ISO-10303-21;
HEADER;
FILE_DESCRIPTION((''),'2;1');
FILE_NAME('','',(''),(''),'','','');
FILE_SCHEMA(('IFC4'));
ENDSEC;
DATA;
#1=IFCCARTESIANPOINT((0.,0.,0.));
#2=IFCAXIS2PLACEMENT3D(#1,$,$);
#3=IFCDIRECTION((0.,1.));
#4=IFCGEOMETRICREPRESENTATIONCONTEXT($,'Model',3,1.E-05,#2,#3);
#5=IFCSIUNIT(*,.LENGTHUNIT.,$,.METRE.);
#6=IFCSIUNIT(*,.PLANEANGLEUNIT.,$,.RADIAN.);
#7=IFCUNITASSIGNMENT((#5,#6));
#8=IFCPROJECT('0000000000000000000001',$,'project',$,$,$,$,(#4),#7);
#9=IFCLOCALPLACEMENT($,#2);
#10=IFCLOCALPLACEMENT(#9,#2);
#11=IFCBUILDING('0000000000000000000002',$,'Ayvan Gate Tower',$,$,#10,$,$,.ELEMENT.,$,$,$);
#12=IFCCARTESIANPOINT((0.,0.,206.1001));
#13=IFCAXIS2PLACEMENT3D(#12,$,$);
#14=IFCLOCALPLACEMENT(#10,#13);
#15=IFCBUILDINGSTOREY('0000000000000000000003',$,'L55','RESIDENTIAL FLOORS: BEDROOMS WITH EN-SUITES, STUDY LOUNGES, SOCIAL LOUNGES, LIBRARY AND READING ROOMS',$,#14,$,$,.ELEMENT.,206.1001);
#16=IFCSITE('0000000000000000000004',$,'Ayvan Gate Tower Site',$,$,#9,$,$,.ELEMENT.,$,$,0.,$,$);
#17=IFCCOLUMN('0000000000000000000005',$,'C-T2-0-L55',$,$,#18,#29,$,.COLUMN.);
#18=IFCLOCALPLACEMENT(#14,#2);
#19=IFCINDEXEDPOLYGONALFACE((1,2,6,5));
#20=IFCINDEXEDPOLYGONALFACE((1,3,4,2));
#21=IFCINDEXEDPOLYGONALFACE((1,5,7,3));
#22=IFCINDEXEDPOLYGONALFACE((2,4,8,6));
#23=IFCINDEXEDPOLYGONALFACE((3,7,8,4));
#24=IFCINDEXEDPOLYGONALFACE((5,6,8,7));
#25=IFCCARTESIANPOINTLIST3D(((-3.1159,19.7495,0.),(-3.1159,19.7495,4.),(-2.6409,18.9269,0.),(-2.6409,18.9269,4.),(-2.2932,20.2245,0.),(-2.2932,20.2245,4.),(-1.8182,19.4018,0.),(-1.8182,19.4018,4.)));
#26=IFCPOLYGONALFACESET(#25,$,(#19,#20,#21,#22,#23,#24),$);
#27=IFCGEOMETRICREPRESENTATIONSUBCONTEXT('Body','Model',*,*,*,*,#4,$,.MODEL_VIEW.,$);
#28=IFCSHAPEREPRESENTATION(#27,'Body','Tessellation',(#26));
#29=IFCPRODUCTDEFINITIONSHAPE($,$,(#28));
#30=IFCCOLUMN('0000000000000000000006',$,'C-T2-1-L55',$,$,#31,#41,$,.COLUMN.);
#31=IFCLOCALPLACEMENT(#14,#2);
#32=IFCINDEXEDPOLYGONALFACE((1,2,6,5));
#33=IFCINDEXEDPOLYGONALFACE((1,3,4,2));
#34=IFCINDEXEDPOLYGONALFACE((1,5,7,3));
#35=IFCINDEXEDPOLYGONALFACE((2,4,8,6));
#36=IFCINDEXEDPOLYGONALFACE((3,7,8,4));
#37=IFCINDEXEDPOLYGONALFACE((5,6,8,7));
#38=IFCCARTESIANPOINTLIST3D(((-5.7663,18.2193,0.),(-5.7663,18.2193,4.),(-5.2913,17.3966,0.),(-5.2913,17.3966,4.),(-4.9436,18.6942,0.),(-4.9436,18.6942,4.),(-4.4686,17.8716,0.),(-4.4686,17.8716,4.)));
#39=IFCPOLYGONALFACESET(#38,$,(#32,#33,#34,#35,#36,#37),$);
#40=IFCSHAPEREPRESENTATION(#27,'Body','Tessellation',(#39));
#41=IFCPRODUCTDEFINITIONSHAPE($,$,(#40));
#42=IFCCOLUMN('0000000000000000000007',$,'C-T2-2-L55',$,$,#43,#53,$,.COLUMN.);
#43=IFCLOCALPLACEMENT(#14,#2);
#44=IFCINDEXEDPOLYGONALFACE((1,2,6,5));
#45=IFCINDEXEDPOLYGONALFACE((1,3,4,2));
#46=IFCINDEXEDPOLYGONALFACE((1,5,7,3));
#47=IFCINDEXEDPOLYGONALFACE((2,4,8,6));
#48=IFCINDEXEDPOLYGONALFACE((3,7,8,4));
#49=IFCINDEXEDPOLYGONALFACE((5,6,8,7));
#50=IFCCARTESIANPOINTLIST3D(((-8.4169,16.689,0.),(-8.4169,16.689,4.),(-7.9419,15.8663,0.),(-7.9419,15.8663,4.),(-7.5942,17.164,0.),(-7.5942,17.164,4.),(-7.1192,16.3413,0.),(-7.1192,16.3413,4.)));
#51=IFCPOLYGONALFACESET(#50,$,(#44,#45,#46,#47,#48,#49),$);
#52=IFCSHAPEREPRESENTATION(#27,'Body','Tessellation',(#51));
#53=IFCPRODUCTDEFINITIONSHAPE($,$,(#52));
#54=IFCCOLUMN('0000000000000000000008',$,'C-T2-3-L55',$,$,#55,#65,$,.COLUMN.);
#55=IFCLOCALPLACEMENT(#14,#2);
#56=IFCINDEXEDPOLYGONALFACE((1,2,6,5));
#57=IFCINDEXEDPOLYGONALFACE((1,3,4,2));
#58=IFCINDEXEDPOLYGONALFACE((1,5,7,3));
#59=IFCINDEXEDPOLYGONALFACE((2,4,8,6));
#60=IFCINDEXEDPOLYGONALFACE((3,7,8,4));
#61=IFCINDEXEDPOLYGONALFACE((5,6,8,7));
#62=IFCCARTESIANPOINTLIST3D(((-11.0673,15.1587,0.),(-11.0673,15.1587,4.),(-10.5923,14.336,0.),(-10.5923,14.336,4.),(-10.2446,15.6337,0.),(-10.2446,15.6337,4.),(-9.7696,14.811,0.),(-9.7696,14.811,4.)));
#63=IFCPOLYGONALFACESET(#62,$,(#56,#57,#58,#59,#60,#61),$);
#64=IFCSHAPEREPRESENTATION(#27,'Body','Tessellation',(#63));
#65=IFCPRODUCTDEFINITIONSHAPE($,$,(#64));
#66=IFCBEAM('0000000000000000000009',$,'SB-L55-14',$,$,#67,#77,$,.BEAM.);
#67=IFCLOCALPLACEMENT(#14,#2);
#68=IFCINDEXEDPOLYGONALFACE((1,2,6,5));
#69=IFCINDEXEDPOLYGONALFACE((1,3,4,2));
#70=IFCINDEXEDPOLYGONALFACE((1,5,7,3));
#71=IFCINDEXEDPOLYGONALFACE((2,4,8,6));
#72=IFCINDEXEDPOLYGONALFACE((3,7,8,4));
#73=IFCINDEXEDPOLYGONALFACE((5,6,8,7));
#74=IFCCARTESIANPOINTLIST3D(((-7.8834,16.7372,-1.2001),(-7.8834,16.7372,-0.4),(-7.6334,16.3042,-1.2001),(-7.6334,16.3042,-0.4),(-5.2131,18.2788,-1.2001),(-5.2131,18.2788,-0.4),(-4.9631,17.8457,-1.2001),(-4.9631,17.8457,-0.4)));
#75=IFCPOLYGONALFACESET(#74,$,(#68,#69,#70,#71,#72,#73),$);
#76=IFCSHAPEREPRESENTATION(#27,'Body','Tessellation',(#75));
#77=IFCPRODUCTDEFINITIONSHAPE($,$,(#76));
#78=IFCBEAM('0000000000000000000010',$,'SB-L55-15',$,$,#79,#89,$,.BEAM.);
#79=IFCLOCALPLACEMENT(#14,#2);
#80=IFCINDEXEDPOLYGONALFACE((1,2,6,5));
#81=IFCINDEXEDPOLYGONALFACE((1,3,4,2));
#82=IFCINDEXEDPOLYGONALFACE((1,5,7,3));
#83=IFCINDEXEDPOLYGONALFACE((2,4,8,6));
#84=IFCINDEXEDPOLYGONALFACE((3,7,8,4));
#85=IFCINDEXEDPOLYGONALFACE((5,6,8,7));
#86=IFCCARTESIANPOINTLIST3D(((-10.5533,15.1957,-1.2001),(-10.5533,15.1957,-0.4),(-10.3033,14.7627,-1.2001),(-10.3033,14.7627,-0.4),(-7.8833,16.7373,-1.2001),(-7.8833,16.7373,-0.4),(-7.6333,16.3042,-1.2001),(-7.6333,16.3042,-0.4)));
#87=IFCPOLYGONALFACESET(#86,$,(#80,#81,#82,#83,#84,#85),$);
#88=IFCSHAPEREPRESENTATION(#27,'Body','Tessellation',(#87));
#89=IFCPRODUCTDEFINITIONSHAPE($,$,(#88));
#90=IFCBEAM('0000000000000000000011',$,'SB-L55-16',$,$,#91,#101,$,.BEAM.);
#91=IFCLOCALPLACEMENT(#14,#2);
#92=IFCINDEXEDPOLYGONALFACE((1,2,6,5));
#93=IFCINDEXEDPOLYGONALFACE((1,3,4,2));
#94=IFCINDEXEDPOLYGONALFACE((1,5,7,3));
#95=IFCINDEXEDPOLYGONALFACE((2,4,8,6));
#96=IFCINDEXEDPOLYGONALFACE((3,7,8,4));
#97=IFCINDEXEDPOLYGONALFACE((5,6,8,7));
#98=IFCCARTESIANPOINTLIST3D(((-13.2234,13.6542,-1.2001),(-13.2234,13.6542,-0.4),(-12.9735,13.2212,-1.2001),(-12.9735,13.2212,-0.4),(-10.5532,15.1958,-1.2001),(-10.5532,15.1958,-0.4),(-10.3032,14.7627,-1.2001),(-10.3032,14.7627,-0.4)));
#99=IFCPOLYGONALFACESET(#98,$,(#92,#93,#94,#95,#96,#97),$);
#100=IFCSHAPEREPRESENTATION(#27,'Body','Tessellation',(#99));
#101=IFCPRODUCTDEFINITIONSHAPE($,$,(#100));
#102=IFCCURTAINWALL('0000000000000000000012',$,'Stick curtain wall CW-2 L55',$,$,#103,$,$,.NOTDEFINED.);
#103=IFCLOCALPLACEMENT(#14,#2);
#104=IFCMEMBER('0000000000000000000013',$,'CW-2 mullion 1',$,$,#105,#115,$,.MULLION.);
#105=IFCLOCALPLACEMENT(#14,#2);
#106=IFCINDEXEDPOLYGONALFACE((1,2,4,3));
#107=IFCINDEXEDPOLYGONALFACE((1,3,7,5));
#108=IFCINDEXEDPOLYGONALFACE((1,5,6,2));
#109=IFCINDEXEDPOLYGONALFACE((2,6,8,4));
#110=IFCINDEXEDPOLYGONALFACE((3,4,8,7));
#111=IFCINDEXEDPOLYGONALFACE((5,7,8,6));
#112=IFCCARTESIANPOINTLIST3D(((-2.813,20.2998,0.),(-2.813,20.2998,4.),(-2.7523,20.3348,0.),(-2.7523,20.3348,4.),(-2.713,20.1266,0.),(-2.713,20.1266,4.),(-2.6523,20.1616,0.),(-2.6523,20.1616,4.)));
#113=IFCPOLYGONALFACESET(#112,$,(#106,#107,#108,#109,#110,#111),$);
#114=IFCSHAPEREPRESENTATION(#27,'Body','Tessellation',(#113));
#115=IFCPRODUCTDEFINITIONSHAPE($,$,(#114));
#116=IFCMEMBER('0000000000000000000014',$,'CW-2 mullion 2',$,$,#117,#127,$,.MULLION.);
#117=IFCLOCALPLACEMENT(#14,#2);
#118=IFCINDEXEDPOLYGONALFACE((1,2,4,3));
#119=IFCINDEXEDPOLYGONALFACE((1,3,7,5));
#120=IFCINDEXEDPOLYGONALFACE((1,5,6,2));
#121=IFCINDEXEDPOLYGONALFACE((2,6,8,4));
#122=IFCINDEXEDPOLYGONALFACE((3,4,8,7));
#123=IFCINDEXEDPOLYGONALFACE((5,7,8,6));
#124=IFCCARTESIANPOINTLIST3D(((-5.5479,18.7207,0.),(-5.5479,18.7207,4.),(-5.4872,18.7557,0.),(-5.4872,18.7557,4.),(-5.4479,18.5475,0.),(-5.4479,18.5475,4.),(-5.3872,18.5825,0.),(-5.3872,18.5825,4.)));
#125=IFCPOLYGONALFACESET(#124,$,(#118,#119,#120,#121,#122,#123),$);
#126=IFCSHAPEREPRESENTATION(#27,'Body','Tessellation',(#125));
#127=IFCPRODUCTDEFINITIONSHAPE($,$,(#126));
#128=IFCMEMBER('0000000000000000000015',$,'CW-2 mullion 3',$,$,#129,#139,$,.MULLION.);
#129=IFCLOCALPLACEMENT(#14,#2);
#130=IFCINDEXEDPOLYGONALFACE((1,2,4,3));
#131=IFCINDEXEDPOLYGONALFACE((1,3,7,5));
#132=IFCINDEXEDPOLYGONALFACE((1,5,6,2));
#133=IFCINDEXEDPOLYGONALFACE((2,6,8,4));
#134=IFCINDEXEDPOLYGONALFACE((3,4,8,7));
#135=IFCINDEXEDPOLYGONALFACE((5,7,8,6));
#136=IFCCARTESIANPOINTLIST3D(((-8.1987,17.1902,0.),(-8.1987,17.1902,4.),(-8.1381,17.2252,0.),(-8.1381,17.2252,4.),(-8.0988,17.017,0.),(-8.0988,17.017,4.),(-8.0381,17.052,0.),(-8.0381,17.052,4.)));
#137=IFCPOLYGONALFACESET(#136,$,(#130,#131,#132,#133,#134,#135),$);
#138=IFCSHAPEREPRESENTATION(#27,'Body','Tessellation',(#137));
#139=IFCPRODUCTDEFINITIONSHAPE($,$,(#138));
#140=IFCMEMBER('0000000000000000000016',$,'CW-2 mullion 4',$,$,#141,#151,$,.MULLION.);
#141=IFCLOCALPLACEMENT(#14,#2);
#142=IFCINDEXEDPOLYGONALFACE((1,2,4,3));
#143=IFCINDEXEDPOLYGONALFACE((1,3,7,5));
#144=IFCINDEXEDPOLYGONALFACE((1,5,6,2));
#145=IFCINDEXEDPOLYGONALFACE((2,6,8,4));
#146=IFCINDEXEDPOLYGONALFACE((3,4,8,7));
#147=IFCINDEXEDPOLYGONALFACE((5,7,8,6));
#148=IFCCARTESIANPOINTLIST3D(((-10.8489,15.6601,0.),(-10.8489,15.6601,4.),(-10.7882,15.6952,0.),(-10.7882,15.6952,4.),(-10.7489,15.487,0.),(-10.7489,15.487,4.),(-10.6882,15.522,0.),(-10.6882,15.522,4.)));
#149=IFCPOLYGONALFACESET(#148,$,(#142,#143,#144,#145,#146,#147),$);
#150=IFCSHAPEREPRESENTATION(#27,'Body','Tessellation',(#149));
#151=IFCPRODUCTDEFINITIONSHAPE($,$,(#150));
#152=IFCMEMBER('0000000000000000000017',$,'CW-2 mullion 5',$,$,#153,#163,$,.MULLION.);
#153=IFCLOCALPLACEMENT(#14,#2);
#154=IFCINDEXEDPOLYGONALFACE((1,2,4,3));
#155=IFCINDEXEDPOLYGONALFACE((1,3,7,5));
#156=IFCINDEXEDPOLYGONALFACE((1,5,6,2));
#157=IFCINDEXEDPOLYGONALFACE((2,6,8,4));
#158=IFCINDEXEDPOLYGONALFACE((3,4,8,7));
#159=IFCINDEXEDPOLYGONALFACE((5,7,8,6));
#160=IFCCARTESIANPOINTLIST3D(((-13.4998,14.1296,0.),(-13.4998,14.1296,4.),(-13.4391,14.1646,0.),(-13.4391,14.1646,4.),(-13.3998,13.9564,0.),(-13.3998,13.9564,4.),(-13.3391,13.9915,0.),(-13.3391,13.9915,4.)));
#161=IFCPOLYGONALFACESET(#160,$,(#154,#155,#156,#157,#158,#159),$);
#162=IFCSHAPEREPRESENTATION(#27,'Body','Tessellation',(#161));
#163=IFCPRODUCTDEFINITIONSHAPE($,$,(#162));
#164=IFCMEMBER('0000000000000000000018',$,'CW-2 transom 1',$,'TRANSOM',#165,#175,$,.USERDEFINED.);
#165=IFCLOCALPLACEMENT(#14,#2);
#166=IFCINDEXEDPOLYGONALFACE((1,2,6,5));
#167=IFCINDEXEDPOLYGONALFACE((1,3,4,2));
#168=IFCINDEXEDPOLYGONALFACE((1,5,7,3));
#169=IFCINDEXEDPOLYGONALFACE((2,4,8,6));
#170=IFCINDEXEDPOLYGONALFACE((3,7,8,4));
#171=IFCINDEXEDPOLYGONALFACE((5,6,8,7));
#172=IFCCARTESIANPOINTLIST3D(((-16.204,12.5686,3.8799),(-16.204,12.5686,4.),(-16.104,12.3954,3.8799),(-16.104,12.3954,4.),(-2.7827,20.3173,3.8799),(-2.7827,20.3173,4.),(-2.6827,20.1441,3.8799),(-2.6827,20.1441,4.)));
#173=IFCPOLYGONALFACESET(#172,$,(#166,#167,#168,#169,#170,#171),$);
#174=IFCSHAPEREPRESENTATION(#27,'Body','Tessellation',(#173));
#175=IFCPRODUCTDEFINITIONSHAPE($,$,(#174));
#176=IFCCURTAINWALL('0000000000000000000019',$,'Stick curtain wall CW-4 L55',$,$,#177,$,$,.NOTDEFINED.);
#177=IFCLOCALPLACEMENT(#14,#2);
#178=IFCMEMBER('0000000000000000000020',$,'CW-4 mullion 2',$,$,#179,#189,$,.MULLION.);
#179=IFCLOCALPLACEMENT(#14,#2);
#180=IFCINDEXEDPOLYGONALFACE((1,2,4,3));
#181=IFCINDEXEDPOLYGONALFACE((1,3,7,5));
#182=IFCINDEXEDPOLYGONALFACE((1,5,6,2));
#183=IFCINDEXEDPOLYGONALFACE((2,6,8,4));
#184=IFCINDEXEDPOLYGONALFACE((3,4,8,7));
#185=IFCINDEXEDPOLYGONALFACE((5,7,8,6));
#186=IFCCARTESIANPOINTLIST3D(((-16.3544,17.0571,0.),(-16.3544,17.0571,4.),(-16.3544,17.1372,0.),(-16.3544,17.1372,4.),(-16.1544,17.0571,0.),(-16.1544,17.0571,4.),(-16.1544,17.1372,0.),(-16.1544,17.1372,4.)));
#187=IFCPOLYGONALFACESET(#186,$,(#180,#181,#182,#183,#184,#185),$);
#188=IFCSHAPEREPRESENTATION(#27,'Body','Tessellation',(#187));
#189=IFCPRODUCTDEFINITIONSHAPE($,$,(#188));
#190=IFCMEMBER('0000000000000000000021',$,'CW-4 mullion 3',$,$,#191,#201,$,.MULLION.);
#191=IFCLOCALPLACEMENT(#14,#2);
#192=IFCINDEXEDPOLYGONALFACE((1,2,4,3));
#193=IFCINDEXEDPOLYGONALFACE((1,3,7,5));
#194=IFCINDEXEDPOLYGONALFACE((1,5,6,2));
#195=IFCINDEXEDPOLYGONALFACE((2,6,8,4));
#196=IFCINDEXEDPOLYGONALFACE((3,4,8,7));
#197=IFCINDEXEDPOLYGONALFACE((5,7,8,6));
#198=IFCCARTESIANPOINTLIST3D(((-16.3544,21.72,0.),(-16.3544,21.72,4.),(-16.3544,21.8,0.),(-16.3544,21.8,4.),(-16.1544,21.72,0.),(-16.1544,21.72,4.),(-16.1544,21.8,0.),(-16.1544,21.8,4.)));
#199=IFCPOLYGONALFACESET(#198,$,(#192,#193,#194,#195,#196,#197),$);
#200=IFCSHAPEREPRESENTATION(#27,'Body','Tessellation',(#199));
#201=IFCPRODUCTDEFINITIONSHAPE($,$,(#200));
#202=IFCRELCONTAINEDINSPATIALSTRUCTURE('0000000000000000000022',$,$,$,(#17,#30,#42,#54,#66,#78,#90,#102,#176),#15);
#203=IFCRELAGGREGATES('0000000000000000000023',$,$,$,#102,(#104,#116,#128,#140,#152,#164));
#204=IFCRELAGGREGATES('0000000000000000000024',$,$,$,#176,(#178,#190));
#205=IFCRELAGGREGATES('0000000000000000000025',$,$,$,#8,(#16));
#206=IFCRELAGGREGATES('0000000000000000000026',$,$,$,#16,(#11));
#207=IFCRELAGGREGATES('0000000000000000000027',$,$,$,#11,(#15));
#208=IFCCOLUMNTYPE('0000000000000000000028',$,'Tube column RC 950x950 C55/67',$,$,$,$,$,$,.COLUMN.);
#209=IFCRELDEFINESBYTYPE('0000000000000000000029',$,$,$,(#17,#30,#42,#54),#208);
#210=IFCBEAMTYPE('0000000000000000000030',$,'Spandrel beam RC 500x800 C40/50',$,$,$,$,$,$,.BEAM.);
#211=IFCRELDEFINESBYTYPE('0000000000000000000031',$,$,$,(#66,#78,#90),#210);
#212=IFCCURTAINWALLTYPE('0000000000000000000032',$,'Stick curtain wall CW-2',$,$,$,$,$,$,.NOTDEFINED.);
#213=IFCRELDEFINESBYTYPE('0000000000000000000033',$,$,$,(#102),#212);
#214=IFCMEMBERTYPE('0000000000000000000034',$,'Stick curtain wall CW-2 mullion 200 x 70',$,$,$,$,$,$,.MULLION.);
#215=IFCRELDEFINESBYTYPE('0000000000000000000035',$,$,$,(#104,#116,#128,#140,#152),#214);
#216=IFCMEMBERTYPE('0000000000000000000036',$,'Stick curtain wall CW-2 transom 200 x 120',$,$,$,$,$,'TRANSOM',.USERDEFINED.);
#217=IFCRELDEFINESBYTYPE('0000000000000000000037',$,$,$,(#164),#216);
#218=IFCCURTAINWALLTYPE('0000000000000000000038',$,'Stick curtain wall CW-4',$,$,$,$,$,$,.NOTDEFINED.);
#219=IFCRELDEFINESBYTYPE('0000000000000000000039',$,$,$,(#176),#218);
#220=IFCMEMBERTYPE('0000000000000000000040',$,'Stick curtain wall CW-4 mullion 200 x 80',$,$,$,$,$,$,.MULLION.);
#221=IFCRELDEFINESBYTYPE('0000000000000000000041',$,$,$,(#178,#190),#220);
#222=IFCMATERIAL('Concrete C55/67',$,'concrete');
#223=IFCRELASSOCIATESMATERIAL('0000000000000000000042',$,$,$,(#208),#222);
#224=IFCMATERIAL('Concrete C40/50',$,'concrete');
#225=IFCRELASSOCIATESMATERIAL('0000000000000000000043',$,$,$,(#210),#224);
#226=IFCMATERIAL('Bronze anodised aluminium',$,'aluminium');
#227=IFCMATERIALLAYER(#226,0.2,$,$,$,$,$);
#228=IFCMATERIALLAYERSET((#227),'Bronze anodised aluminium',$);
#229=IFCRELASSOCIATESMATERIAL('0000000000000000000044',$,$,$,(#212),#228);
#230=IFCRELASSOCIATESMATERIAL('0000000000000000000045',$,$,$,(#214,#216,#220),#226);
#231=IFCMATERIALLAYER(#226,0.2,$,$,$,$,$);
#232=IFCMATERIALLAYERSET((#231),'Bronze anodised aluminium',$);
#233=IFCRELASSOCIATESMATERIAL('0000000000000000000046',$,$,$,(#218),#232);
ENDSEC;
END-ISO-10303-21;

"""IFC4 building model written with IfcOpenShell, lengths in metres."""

from ifc_helpers import new_model, si_unit, direction, frame, origin, origin_2d, place, context, subcontext, project, spatial, rectangle, extrude, material, layer, layer_set, material_profile, profile_set, type_object, element, aggregate, save


model = new_model("IFC4")

# Units and contexts
model_context = context("Model", 3, precision=1e-05, world=origin(), true_north=direction((0.0, 1.0)))
body_context = subcontext(model_context, "Body", "Model", "MODEL_VIEW")
ifc_project = project(units=[si_unit("LENGTHUNIT", "METRE"), si_unit("PLANEANGLEUNIT", "RADIAN")], contexts=[model_context])

# Site, building, storey
site_placement = place(None, origin())
site = spatial("IfcSite", under=ifc_project, at=site_placement, Name="Ayvan Gate Tower Site", CompositionType="ELEMENT", RefElevation=0.0)
building_placement = place(site_placement, origin())
building = spatial("IfcBuilding", under=site, at=building_placement, Name="Ayvan Gate Tower", CompositionType="ELEMENT")
storey_placement = place(building_placement, frame((0.0, 0.0, 206.1001)))
storey = spatial("IfcBuildingStorey", under=building, at=storey_placement, Name="L55", Description="RESIDENTIAL FLOORS: BEDROOMS WITH EN-SUITES, STUDY LOUNGES, SOCIAL LOUNGES, LIBRARY AND READING ROOMS", CompositionType="ELEMENT", Elevation=206.1001)

# Columns
ifc_material_1 = material(Name="Concrete C55/67", Category="concrete")
ifc_material_profile_1 = material_profile(ifc_material_1, rectangle(XDim=0.95, YDim=0.95, at=origin_2d()), Name="RC 950x950")
ifc_profile_set_1 = profile_set([ifc_material_profile_1], Name="Concrete C55/67")
column_type = type_object("IfcColumnType", Name="Tube column RC 950x950 C55/67", PredefinedType="COLUMN", material=ifc_profile_set_1)
for number, where, z_axis, x_axis, name in (
    (1, (-2.467, 19.5757, 0.0), (0.0, 0.0, 1.0), (-0.5, 0.866025, 0.0), "C-T2-0-L55"),
    (2, (-5.1174, 18.0454, 0.0), (0.0, 0.0, 1.0), (-0.5, 0.866025, 0.0), "C-T2-1-L55"),
    (3, (-7.7681, 16.5151, 0.0), (0.0, 0.0, 1.0), (-0.5, 0.866025, 0.0), "C-T2-2-L55"),
    (4, (-10.4185, 14.9849, 0.0), (0.0, 0.0, 1.0), (-0.5, 0.866025, 0.0), "C-T2-3-L55"),
):
    element("IfcColumn", number, at=place(storey_placement, frame(where, z_axis=z_axis, x_axis=x_axis)), inside=storey, type_object=column_type, Name=name, PredefinedType="COLUMN", context=body_context, shape_type="SweptSolid", body=[
        extrude(rectangle(XDim=0.95, YDim=0.95, at=origin_2d()), origin(), (0.0, 0.0, 1.0), 4.0),
    ])

# Beams
ifc_material_2 = material(Name="Concrete C40/50", Category="concrete")
ifc_material_profile_2 = material_profile(ifc_material_2, rectangle(XDim=0.5, YDim=0.8, at=origin_2d()), Name="RC 500x800")
ifc_profile_set_2 = profile_set([ifc_material_profile_2], Name="Concrete C40/50")
beam_type = type_object("IfcBeamType", Name="Spandrel beam RC 500x800 C40/50", PredefinedType="BEAM", material=ifc_profile_set_2)
beam_1_placement = place(storey_placement, frame((-5.0881, 18.0623, -0.8), z_axis=(-0.866042, -0.499971, 0.0), x_axis=(0.499971, -0.866042, 0.0)))
element("IfcBeam", 5, at=beam_1_placement, inside=storey, type_object=beam_type, Name="SB-L55-14", PredefinedType="BEAM", context=body_context, shape_type="SweptSolid", body=[
    extrude(rectangle(XDim=0.5, YDim=0.8, at=origin_2d()), origin(), (0.0, 0.0, 1.0), 3.0833),
])
beam_2_placement = place(storey_placement, frame((-7.7583, 16.5208, -0.8), z_axis=(-0.866022, -0.500006, 0.0), x_axis=(0.500006, -0.866022, 0.0)))
element("IfcBeam", 6, at=beam_2_placement, inside=storey, type_object=beam_type, Name="SB-L55-15", PredefinedType="BEAM", context=body_context, shape_type="SweptSolid", body=[
    extrude(rectangle(XDim=0.5, YDim=0.8, at=origin_2d()), origin(), (0.0, 0.0, 1.0), 3.083),
])
beam_3_placement = place(storey_placement, frame((-10.4282, 14.9792, -0.8), z_axis=(-0.866042, -0.499971, 0.0), x_axis=(0.499971, -0.866042, 0.0)))
element("IfcBeam", 7, at=beam_3_placement, inside=storey, type_object=beam_type, Name="SB-L55-16", PredefinedType="BEAM", context=body_context, shape_type="SweptSolid", body=[
    extrude(rectangle(XDim=0.5, YDim=0.8, at=origin_2d()), origin(), (0.0, 0.0, 1.0), 3.0833),
])

# Curtain walls, members
ifc_material_3 = material(Name="Bronze anodised aluminium", Category="aluminium")
ifc_layer_1 = layer(ifc_material_3, 0.2)
ifc_layer_set_1 = layer_set([ifc_layer_1], Name="Bronze anodised aluminium")
curtain_wall_type_1 = type_object("IfcCurtainWallType", Name="Stick curtain wall CW-2", PredefinedType="NOTDEFINED", material=ifc_layer_set_1)
curtain_wall_1_placement = place(storey_placement, origin())
curtain_wall_1 = element("IfcCurtainWall", 8, at=curtain_wall_1_placement, inside=storey, type_object=curtain_wall_type_1, Name="Stick curtain wall CW-2 L55", PredefinedType="NOTDEFINED")
ifc_material_profile_3 = material_profile(ifc_material_3, rectangle(XDim=0.2, YDim=0.0701, at=origin_2d()), Name="Stick curtain wall CW-2 mullion 200 x 70")
ifc_profile_set_3 = profile_set([ifc_material_profile_3], Name="Bronze anodised aluminium")
member_type_1 = type_object("IfcMemberType", Name="Stick curtain wall CW-2 mullion 200 x 70", PredefinedType="MULLION", material=ifc_profile_set_3)
member_1_placement = place(storey_placement, frame((-2.7327, 20.2307, 0.0), z_axis=(0.0, 0.0, 1.0), x_axis=(-0.5, 0.866025, 0.0)))
member_1 = element("IfcMember", 9, at=member_1_placement, type_object=member_type_1, Name="CW-2 mullion 1", PredefinedType="MULLION", context=body_context, shape_type="SweptSolid", body=[
    extrude(rectangle(XDim=0.2, YDim=0.0701, at=origin_2d()), origin(), (0.0, 0.0, 1.0), 4.0),
])
member_2_placement = place(storey_placement, frame((-5.4675, 18.6516, 0.0), z_axis=(0.0, 0.0, 1.0), x_axis=(-0.5, 0.866025, 0.0)))
member_2 = element("IfcMember", 10, at=member_2_placement, type_object=member_type_1, Name="CW-2 mullion 2", PredefinedType="MULLION", context=body_context, shape_type="SweptSolid", body=[
    extrude(rectangle(XDim=0.2, YDim=0.0701, at=origin_2d()), origin(), (0.0, 0.0, 1.0), 4.0),
])
member_3_placement = place(storey_placement, frame((-8.1184, 17.1211, 0.0), z_axis=(0.0, 0.0, 1.0), x_axis=(-0.5, 0.866025, 0.0)))
member_3 = element("IfcMember", 11, at=member_3_placement, type_object=member_type_1, Name="CW-2 mullion 3", PredefinedType="MULLION", context=body_context, shape_type="SweptSolid", body=[
    extrude(rectangle(XDim=0.2, YDim=0.0701, at=origin_2d()), origin(), (0.0, 0.0, 1.0), 4.0),
])
member_4_placement = place(storey_placement, frame((-10.7686, 15.5911, 0.0), z_axis=(0.0, 0.0, 1.0), x_axis=(-0.5, 0.866025, 0.0)))
member_4 = element("IfcMember", 12, at=member_4_placement, type_object=member_type_1, Name="CW-2 mullion 4", PredefinedType="MULLION", context=body_context, shape_type="SweptSolid", body=[
    extrude(rectangle(XDim=0.2, YDim=0.0701, at=origin_2d()), origin(), (0.0, 0.0, 1.0), 4.0),
])
member_5_placement = place(storey_placement, frame((-13.4194, 14.0605, 0.0), z_axis=(0.0, 0.0, 1.0), x_axis=(-0.5, 0.866025, 0.0)))
member_5 = element("IfcMember", 13, at=member_5_placement, type_object=member_type_1, Name="CW-2 mullion 5", PredefinedType="MULLION", context=body_context, shape_type="SweptSolid", body=[
    extrude(rectangle(XDim=0.2, YDim=0.0701, at=origin_2d()), origin(), (0.0, 0.0, 1.0), 4.0),
])
ifc_material_profile_4 = material_profile(ifc_material_3, rectangle(XDim=0.2, YDim=0.1201, at=origin_2d()), Name="Stick curtain wall CW-2 transom 200 x 120")
ifc_profile_set_4 = profile_set([ifc_material_profile_4], Name="Bronze anodised aluminium")
member_type_2 = type_object("IfcMemberType", Name="Stick curtain wall CW-2 transom 200 x 120", ElementType="TRANSOM", PredefinedType="USERDEFINED", material=ifc_profile_set_4)
member_6_placement = place(storey_placement, frame((-2.7327, 20.2307, 3.9399), z_axis=(-0.866027, -0.499997, 0.0), x_axis=(0.499997, -0.866027, 0.0)))
member_6 = element("IfcMember", 14, at=member_6_placement, type_object=member_type_2, Name="CW-2 transom 1", ObjectType="TRANSOM", PredefinedType="USERDEFINED", context=body_context, shape_type="SweptSolid", body=[
    extrude(rectangle(XDim=0.2, YDim=0.1201, at=origin_2d()), origin(), (0.0, 0.0, 1.0), 15.4976),
])
ifc_layer_2 = layer(ifc_material_3, 0.2)
ifc_layer_set_2 = layer_set([ifc_layer_2], Name="Bronze anodised aluminium")
curtain_wall_type_2 = type_object("IfcCurtainWallType", Name="Stick curtain wall CW-4", PredefinedType="NOTDEFINED", material=ifc_layer_set_2)
curtain_wall_2_placement = place(storey_placement, origin())
curtain_wall_2 = element("IfcCurtainWall", 15, at=curtain_wall_2_placement, inside=storey, type_object=curtain_wall_type_2, Name="Stick curtain wall CW-4 L55", PredefinedType="NOTDEFINED")
ifc_material_profile_5 = material_profile(ifc_material_3, rectangle(XDim=0.2, YDim=0.0801, at=origin_2d()), Name="Stick curtain wall CW-4 mullion 200 x 80")
ifc_profile_set_5 = profile_set([ifc_material_profile_5], Name="Bronze anodised aluminium")
member_type_3 = type_object("IfcMemberType", Name="Stick curtain wall CW-4 mullion 200 x 80", PredefinedType="MULLION", material=ifc_profile_set_5)
member_7_placement = place(storey_placement, frame((-16.2544, 17.0972, 0.0), z_axis=(0.0, 0.0, 1.0), x_axis=(1.0, 0.0, 0.0)))
member_7 = element("IfcMember", 16, at=member_7_placement, type_object=member_type_3, Name="CW-4 mullion 2", PredefinedType="MULLION", context=body_context, shape_type="SweptSolid", body=[
    extrude(rectangle(XDim=0.2, YDim=0.0801, at=origin_2d()), origin(), (0.0, 0.0, 1.0), 4.0),
])
member_8_placement = place(storey_placement, frame((-16.2544, 21.76, 0.0), z_axis=(0.0, 0.0, 1.0), x_axis=(1.0, 0.0, 0.0)))
member_8 = element("IfcMember", 17, at=member_8_placement, type_object=member_type_3, Name="CW-4 mullion 3", PredefinedType="MULLION", context=body_context, shape_type="SweptSolid", body=[
    extrude(rectangle(XDim=0.2, YDim=0.0801, at=origin_2d()), origin(), (0.0, 0.0, 1.0), 4.0),
])

aggregate(curtain_wall_1, [member_1, member_2, member_3, member_4, member_5, member_6])
aggregate(curtain_wall_2, [member_7, member_8])

save(model, "model.ifc")
